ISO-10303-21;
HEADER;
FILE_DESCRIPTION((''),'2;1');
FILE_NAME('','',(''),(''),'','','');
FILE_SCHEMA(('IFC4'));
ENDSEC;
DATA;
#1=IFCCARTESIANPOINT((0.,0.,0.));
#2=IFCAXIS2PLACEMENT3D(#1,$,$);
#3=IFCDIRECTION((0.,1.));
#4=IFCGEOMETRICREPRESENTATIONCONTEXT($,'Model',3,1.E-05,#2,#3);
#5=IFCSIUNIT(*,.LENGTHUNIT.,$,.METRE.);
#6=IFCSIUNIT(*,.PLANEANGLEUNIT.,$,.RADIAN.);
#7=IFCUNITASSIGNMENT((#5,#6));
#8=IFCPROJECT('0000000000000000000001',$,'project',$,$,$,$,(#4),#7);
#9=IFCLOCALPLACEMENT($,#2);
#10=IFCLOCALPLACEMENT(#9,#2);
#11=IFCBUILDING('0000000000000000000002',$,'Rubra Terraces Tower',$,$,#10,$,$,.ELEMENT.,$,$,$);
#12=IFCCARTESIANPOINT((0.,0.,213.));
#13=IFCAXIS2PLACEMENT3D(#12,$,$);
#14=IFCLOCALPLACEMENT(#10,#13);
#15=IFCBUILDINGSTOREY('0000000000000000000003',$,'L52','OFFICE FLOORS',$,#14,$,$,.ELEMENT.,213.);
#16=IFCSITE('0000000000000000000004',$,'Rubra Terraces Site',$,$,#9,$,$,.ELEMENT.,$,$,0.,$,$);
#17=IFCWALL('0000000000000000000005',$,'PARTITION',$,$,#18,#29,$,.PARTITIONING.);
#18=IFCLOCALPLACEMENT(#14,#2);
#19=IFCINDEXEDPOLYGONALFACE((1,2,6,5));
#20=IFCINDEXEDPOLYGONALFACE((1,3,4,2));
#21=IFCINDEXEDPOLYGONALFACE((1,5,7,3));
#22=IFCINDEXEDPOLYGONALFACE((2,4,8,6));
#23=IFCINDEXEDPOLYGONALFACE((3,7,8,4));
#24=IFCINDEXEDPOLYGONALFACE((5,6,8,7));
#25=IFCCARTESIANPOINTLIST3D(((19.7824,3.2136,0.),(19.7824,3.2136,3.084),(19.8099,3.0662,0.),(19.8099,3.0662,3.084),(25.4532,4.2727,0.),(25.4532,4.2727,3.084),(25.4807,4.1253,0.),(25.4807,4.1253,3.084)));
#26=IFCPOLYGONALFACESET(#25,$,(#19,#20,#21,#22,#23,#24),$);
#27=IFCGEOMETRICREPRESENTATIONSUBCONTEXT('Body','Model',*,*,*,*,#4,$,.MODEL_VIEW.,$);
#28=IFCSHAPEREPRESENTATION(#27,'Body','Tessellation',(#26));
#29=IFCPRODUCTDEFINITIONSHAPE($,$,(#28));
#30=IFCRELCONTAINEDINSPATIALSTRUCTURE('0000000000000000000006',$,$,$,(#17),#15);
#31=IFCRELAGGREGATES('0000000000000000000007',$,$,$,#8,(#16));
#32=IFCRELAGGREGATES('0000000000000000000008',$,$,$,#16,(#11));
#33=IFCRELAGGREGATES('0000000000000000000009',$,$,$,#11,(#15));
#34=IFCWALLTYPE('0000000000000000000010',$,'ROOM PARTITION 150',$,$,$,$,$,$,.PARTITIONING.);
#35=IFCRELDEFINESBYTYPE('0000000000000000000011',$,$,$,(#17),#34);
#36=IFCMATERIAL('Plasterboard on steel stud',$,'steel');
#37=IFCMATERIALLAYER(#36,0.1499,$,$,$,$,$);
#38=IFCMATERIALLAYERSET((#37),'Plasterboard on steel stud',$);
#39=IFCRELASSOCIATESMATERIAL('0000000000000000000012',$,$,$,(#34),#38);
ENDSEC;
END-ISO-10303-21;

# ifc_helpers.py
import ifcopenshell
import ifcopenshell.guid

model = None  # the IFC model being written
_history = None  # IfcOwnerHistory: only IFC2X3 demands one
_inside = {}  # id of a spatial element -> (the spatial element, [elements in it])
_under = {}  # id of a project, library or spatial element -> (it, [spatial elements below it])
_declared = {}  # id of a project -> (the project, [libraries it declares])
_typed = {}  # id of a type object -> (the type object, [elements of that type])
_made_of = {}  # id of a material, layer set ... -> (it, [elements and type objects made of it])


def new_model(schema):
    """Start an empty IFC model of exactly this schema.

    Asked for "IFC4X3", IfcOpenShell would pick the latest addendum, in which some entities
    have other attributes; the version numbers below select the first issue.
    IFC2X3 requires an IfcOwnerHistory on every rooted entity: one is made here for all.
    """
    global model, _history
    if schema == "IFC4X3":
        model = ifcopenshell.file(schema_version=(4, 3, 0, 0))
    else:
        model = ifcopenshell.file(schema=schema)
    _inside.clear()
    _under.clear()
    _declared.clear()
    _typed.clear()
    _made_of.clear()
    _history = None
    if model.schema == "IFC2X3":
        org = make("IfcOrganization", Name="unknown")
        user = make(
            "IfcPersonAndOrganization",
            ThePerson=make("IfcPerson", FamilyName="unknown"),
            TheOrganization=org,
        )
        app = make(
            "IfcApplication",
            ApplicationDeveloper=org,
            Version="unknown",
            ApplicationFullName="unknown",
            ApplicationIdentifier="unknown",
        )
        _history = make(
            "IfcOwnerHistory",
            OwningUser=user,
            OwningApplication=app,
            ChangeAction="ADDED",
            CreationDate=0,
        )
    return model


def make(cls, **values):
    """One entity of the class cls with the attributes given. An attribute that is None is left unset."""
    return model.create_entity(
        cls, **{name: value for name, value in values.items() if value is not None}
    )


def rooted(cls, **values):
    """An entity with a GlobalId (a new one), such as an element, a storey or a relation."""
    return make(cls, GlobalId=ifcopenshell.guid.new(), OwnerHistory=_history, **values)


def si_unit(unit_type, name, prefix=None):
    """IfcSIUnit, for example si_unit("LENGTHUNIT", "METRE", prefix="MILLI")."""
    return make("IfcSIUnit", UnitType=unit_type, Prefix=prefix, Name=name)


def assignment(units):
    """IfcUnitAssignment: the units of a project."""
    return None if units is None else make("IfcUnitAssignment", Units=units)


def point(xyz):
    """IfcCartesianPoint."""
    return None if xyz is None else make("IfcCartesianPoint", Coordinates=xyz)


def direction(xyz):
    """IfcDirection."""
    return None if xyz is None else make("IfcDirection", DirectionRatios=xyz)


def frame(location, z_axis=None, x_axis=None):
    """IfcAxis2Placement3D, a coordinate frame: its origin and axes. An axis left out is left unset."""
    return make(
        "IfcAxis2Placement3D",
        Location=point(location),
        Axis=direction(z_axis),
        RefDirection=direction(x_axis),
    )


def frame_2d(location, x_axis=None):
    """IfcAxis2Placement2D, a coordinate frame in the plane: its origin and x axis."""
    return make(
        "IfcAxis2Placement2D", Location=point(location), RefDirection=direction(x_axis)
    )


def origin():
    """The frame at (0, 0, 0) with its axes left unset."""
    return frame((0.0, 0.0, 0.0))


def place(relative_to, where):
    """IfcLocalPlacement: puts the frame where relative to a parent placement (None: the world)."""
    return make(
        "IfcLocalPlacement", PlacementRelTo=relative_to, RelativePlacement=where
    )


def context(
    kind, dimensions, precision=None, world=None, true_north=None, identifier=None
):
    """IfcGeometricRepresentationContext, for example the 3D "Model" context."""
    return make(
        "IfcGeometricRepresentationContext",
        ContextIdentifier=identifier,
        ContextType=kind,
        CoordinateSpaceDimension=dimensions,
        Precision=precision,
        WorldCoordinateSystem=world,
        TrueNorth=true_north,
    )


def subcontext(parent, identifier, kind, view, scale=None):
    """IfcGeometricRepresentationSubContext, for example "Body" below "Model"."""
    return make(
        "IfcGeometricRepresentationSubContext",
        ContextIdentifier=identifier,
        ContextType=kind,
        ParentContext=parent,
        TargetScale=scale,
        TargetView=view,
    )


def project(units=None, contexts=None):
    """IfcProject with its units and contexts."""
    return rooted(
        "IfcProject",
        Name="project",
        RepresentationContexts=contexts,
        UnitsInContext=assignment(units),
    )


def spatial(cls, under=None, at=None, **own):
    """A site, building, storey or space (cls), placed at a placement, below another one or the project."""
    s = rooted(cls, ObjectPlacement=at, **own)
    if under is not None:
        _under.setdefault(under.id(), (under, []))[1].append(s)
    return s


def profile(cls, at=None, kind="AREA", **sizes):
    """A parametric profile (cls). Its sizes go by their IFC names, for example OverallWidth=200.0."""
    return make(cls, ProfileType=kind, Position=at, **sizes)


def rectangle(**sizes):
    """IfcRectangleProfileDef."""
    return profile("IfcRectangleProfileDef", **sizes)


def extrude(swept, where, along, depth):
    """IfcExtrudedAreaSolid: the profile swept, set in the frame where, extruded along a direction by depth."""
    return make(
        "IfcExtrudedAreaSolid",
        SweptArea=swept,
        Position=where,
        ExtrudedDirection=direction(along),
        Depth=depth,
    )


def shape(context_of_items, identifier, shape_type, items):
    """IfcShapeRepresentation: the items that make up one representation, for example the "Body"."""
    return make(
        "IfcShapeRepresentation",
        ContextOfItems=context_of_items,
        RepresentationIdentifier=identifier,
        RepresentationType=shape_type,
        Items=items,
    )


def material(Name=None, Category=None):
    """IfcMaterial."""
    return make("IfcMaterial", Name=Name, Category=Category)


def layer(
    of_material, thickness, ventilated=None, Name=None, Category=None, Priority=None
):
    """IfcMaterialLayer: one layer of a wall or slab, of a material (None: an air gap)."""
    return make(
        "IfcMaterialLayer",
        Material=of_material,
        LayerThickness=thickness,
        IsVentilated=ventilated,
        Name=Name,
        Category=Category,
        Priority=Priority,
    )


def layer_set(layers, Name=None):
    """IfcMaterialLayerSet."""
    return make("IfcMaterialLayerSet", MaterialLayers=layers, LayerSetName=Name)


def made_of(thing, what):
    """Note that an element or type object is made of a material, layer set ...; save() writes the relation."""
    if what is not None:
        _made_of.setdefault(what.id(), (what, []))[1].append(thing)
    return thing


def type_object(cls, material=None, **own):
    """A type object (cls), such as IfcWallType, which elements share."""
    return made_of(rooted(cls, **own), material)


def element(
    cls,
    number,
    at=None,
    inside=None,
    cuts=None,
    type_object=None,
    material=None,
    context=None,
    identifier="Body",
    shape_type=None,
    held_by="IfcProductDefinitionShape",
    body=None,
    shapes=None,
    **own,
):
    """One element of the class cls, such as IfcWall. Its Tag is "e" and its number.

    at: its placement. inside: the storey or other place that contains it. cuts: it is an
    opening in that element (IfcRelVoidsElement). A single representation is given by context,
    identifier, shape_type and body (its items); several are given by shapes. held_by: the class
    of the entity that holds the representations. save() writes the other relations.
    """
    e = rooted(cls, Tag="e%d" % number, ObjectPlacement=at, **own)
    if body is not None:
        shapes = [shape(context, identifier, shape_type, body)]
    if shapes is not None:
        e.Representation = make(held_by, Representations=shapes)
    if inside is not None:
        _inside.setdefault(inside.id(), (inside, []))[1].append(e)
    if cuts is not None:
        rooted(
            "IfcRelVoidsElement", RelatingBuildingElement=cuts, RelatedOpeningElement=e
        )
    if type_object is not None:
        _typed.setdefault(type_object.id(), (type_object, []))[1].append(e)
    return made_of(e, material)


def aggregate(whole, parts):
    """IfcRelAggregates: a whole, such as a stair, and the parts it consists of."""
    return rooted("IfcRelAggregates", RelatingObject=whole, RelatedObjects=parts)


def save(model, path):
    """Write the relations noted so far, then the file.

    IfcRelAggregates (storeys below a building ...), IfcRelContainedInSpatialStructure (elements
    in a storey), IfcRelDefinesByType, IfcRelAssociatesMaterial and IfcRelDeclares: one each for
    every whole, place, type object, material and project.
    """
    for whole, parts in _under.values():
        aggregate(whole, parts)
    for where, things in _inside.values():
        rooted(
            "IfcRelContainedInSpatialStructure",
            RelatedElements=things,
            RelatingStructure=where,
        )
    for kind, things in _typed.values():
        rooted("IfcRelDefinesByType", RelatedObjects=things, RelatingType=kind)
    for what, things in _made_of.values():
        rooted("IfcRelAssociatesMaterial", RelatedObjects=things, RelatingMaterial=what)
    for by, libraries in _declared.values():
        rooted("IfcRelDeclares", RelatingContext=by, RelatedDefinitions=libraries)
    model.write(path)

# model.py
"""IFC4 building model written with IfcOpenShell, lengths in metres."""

from ifc_helpers import new_model, si_unit, direction, frame, frame_2d, origin, place, context, subcontext, project, spatial, rectangle, extrude, material, layer, layer_set, type_object, element, save


model = new_model("IFC4")

# Units and contexts
model_context = context("Model", 3, precision=1e-05, world=origin(), true_north=direction((0.0, 1.0)))
body_context = subcontext(model_context, "Body", "Model", "MODEL_VIEW")
ifc_project = project(units=[si_unit("LENGTHUNIT", "METRE"), si_unit("PLANEANGLEUNIT", "RADIAN")], contexts=[model_context])

# Site, building, storey
site_placement = place(None, origin())
site = spatial("IfcSite", under=ifc_project, at=site_placement, Name="Rubra Terraces Site", CompositionType="ELEMENT", RefElevation=0.0)
building_placement = place(site_placement, origin())
building = spatial("IfcBuilding", under=site, at=building_placement, Name="Rubra Terraces Tower", CompositionType="ELEMENT")
storey_placement = place(building_placement, frame((0.0, 0.0, 213.0)))
storey = spatial("IfcBuildingStorey", under=building, at=storey_placement, Name="L52", Description="OFFICE FLOORS", CompositionType="ELEMENT", Elevation=213.0)

# Wall
ifc_material_1 = material(Name="Plasterboard on steel stud", Category="steel")
ifc_layer_1 = layer(ifc_material_1, 0.1499)
ifc_layer_set_1 = layer_set([ifc_layer_1], Name="Plasterboard on steel stud")
wall_type_1 = type_object("IfcWallType", Name="ROOM PARTITION 150", PredefinedType="PARTITIONING", material=ifc_layer_set_1)
wall_1_placement = place(storey_placement, frame((25.4668, 4.199, 0.0), z_axis=(0.0, 0.0, 1.0), x_axis=(-0.983003, -0.183591, 0.0)))
element("IfcWall", 1, at=wall_1_placement, inside=storey, type_object=wall_type_1, Name="PARTITION", PredefinedType="PARTITIONING", context=body_context, shape_type="SweptSolid", body=[
    extrude(rectangle(XDim=5.7688, YDim=0.1499, at=frame_2d((2.8843, 0.0))), origin(), (0.0, 0.0, 1.0), 3.084),
])

save(model, "model.ifc")
